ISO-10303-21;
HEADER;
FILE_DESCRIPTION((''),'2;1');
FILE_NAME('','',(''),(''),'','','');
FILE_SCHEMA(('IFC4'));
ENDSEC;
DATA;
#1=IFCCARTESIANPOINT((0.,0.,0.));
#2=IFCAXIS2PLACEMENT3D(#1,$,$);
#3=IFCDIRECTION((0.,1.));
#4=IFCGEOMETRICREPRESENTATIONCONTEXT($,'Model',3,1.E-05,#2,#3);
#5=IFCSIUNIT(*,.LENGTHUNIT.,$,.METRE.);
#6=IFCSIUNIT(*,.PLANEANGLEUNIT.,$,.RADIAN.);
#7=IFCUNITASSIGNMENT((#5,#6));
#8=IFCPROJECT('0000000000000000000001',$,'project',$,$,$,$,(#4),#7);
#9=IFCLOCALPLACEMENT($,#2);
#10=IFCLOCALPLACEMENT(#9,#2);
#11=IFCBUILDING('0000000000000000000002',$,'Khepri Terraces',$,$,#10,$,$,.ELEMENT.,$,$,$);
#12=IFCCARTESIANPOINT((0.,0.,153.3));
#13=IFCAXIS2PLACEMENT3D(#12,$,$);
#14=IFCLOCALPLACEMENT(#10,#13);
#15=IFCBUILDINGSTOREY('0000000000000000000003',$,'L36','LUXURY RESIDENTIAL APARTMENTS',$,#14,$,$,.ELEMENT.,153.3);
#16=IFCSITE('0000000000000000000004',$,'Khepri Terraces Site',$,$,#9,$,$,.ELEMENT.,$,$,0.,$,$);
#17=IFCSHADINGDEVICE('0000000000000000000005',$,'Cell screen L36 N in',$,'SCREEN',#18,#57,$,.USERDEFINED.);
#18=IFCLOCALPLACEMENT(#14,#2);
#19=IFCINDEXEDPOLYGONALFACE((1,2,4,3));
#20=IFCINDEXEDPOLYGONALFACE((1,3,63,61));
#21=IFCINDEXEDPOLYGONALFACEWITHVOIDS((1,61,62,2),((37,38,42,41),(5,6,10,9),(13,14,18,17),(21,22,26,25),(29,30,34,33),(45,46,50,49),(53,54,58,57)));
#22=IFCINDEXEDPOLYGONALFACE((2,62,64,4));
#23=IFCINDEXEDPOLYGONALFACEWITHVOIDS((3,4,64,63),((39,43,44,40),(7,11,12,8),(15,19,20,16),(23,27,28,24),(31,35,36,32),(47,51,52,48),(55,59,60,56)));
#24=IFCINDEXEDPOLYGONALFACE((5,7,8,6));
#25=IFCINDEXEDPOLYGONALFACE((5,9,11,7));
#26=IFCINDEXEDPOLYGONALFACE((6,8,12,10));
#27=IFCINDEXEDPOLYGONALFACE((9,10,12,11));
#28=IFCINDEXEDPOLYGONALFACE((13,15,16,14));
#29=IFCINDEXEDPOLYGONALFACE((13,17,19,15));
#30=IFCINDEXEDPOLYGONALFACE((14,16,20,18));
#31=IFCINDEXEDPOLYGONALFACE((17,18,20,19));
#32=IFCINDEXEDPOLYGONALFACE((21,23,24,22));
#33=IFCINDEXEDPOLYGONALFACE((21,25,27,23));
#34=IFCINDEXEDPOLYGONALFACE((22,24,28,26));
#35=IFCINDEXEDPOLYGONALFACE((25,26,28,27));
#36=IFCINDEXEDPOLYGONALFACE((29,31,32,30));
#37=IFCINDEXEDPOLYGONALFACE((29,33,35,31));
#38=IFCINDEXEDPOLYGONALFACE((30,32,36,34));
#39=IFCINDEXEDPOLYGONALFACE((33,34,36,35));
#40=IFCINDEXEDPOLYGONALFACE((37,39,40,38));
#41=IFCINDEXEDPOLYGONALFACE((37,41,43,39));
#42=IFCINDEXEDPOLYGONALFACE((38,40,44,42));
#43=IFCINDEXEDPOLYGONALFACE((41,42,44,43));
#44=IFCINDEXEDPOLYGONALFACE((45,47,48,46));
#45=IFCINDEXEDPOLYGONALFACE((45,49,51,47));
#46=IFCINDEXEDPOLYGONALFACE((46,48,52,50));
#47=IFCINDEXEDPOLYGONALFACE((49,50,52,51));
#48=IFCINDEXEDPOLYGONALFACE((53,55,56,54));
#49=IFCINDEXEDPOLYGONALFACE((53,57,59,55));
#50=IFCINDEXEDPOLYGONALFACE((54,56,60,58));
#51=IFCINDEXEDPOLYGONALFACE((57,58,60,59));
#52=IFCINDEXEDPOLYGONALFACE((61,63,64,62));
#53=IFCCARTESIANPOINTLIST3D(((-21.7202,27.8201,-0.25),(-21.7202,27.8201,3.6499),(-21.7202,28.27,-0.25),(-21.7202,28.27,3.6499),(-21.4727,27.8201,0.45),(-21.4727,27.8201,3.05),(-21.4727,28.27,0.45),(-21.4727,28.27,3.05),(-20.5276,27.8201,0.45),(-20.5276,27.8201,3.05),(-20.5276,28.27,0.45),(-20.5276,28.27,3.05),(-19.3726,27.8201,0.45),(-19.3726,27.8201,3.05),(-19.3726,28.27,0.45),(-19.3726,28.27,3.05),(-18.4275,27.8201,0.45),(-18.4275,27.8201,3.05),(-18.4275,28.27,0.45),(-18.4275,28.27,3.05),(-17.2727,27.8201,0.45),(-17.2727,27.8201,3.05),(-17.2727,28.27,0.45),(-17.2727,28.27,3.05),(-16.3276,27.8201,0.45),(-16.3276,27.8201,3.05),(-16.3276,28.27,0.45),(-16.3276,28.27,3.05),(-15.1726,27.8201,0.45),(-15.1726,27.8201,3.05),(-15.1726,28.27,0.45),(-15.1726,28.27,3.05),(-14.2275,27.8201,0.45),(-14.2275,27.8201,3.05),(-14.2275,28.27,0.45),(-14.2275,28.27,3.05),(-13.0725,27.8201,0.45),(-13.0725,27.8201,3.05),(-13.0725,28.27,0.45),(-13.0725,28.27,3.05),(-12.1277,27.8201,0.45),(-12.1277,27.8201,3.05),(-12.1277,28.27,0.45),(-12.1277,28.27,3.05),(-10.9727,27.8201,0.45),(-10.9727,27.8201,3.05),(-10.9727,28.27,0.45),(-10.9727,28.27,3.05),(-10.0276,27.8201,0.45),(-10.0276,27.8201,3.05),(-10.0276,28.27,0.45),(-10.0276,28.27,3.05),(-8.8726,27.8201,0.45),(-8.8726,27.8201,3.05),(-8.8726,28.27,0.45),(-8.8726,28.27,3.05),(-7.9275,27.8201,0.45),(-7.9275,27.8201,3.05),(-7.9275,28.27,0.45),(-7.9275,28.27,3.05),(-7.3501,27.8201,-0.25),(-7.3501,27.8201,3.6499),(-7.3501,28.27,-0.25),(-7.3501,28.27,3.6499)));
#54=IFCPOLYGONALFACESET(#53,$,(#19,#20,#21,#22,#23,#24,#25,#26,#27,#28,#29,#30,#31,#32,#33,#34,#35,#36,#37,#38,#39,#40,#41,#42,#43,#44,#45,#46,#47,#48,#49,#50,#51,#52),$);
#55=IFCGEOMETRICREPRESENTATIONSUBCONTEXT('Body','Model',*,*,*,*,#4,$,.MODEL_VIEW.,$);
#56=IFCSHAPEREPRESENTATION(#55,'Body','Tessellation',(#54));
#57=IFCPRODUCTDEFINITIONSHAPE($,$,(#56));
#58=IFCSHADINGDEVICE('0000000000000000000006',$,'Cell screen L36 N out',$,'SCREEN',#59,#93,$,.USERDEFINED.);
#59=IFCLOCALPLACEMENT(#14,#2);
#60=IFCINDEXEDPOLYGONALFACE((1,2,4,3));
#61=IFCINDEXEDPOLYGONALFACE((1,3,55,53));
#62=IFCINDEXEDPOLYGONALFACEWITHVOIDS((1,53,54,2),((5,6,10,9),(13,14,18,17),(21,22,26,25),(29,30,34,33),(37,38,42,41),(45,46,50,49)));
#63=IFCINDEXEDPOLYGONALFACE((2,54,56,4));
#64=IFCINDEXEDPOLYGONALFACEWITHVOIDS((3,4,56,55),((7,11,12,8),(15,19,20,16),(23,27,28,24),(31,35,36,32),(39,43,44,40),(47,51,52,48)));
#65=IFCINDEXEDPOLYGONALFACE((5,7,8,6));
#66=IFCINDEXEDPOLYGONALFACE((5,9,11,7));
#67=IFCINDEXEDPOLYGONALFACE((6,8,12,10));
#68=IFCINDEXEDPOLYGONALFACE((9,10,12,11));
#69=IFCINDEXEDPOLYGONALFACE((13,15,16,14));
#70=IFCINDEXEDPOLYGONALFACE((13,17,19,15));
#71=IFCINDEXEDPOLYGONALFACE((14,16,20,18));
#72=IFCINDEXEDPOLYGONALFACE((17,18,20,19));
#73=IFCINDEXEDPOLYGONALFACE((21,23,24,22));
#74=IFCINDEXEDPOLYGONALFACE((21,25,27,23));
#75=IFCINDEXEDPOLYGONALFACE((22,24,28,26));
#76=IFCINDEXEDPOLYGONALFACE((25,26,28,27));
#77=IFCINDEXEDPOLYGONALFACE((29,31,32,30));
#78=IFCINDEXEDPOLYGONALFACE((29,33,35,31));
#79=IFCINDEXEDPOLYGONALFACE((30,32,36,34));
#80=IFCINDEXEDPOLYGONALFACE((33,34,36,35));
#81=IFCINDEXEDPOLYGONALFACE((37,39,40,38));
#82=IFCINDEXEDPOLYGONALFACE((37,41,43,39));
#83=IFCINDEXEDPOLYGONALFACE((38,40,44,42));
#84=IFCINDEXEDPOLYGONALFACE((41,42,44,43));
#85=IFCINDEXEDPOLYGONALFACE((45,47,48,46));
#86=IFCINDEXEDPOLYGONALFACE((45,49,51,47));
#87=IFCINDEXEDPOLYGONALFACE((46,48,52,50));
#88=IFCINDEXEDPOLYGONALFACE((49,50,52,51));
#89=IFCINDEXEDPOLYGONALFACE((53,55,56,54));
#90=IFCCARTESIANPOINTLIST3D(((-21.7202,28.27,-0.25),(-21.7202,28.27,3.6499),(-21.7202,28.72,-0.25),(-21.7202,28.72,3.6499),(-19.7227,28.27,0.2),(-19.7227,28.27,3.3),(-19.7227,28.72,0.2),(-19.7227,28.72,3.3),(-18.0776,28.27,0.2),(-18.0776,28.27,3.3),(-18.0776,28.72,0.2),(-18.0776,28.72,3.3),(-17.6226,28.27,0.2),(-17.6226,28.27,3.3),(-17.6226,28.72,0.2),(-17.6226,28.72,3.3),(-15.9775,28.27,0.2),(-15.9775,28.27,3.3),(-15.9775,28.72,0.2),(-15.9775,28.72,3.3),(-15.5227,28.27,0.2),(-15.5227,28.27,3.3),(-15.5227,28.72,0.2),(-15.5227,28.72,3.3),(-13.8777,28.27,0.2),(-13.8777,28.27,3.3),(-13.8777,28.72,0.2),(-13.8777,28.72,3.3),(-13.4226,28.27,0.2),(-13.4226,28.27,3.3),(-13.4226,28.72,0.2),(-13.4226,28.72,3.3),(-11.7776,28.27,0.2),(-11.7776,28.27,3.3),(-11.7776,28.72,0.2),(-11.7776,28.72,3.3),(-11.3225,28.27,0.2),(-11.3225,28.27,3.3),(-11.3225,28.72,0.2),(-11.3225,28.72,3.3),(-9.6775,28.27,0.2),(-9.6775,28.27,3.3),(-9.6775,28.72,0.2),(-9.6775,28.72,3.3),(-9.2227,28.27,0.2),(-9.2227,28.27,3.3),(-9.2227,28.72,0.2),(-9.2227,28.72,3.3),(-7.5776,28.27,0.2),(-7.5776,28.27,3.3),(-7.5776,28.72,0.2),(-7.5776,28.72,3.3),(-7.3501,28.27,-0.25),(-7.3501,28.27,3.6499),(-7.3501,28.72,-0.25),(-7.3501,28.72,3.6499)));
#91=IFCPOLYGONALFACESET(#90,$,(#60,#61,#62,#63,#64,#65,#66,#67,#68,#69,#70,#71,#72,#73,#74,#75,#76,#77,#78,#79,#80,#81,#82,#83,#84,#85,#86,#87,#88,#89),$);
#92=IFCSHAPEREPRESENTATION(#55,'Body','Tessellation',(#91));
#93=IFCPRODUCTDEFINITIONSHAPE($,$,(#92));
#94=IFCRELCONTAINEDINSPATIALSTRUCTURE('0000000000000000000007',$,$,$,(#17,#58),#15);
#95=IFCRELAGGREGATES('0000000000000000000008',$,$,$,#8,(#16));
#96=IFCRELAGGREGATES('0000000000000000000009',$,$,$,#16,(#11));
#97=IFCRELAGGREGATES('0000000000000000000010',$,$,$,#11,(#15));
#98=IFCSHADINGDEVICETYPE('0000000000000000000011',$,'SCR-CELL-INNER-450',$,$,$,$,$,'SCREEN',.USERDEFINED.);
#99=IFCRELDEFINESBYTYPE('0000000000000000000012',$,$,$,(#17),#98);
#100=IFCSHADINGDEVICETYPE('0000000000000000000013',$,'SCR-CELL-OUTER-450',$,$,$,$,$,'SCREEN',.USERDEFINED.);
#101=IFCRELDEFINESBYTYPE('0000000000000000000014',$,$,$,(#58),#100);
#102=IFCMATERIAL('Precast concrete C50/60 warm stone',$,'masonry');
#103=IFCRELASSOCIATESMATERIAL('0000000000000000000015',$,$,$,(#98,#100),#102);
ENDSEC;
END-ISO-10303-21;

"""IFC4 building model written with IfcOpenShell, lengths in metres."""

from ifc_helpers import new_model, si_unit, direction, frame, origin, place, context, subcontext, project, spatial, polyline, outline, extrude, material, type_object, element, save


model = new_model("IFC4")

# Units and contexts
model_context = context("Model", 3, precision=1e-05, world=origin(), true_north=direction((0.0, 1.0)))
body_context = subcontext(model_context, "Body", "Model", "MODEL_VIEW")
ifc_project = project(units=[si_unit("LENGTHUNIT", "METRE"), si_unit("PLANEANGLEUNIT", "RADIAN")], contexts=[model_context])

# Site, building, storey
site_placement = place(None, origin())
site = spatial("IfcSite", under=ifc_project, at=site_placement, Name="Khepri Terraces Site", CompositionType="ELEMENT", RefElevation=0.0)
building_placement = place(site_placement, origin())
building = spatial("IfcBuilding", under=site, at=building_placement, Name="Khepri Terraces", CompositionType="ELEMENT")
storey_placement = place(building_placement, frame((0.0, 0.0, 153.3)))
storey = spatial("IfcBuildingStorey", under=building, at=storey_placement, Name="L36", Description="LUXURY RESIDENTIAL APARTMENTS", CompositionType="ELEMENT", Elevation=153.3)

# Shared definitions
ifc_material_1 = material(Name="Precast concrete C50/60 warm stone", Category="masonry")

# Shading devices
shading_device_type_1 = type_object("IfcShadingDeviceType", Name="SCR-CELL-INNER-450", ElementType="SCREEN", PredefinedType="USERDEFINED", material=ifc_material_1)
shading_device_1_placement = place(storey_placement, frame((-7.3501, 27.8201, -0.25), z_axis=(0.0, 1.0, 0.0), x_axis=(-1.0, 0.0, 0.0)))
element("IfcShadingDevice", 1, at=shading_device_1_placement, inside=storey, type_object=shading_device_type_1, Name="Cell screen L36 N in", ObjectType="SCREEN", PredefinedType="USERDEFINED", context=body_context, shape_type="SweptSolid", body=[
    extrude(outline(polyline([(0.0, 0.0), (14.3701, 0.0), (14.3701, 3.8999), (0.0, 3.8999), (0.0, 0.0)]), holes=[polyline([(0.5774, 0.7), (1.5225, 0.7), (1.5225, 3.3), (0.5774, 3.3), (0.5774, 0.7)]), polyline([(2.6775, 0.7), (3.6226, 0.7), (3.6226, 3.3), (2.6775, 3.3), (2.6775, 0.7)]), polyline([(4.7776, 0.7), (5.7224, 0.7), (5.7224, 3.3), (4.7776, 3.3), (4.7776, 0.7)]), polyline([(6.8774, 0.7), (7.8225, 0.7), (7.8225, 3.3), (6.8774, 3.3), (6.8774, 0.7)]), polyline([(8.9775, 0.7), (9.9226, 0.7), (9.9226, 3.3), (8.9775, 3.3), (8.9775, 0.7)]), polyline([(11.0774, 0.7), (12.0225, 0.7), (12.0225, 3.3), (11.0774, 3.3), (11.0774, 0.7)]), polyline([(13.1775, 0.7), (14.1226, 0.7), (14.1226, 3.3), (13.1775, 3.3), (13.1775, 0.7)])]), origin(), (0.0, 0.0, 1.0), 0.45),
])
shading_device_type_2 = type_object("IfcShadingDeviceType", Name="SCR-CELL-OUTER-450", ElementType="SCREEN", PredefinedType="USERDEFINED", material=ifc_material_1)
shading_device_2_placement = place(storey_placement, frame((-7.3501, 28.27, -0.25), z_axis=(0.0, 1.0, 0.0), x_axis=(-1.0, 0.0, 0.0)))
element("IfcShadingDevice", 2, at=shading_device_2_placement, inside=storey, type_object=shading_device_type_2, Name="Cell screen L36 N out", ObjectType="SCREEN", PredefinedType="USERDEFINED", context=body_context, shape_type="SweptSolid", body=[
    extrude(outline(polyline([(0.0, 0.0), (14.3701, 0.0), (14.3701, 3.8999), (0.0, 3.8999), (0.0, 0.0)]), holes=[polyline([(0.2275, 0.45), (1.8726, 0.45), (1.8726, 3.55), (0.2275, 3.55), (0.2275, 0.45)]), polyline([(2.3274, 0.45), (3.9724, 0.45), (3.9724, 3.55), (2.3274, 3.55), (2.3274, 0.45)]), polyline([(4.4275, 0.45), (6.0725, 0.45), (6.0725, 3.55), (4.4275, 3.55), (4.4275, 0.45)]), polyline([(6.5276, 0.45), (8.1726, 0.45), (8.1726, 3.55), (6.5276, 3.55), (6.5276, 0.45)]), polyline([(8.6274, 0.45), (10.2725, 0.45), (10.2725, 3.55), (8.6274, 3.55), (8.6274, 0.45)]), polyline([(10.7275, 0.45), (12.3726, 0.45), (12.3726, 3.55), (10.7275, 3.55), (10.7275, 0.45)])]), origin(), (0.0, 0.0, 1.0), 0.45),
])

save(model, "model.ifc")
